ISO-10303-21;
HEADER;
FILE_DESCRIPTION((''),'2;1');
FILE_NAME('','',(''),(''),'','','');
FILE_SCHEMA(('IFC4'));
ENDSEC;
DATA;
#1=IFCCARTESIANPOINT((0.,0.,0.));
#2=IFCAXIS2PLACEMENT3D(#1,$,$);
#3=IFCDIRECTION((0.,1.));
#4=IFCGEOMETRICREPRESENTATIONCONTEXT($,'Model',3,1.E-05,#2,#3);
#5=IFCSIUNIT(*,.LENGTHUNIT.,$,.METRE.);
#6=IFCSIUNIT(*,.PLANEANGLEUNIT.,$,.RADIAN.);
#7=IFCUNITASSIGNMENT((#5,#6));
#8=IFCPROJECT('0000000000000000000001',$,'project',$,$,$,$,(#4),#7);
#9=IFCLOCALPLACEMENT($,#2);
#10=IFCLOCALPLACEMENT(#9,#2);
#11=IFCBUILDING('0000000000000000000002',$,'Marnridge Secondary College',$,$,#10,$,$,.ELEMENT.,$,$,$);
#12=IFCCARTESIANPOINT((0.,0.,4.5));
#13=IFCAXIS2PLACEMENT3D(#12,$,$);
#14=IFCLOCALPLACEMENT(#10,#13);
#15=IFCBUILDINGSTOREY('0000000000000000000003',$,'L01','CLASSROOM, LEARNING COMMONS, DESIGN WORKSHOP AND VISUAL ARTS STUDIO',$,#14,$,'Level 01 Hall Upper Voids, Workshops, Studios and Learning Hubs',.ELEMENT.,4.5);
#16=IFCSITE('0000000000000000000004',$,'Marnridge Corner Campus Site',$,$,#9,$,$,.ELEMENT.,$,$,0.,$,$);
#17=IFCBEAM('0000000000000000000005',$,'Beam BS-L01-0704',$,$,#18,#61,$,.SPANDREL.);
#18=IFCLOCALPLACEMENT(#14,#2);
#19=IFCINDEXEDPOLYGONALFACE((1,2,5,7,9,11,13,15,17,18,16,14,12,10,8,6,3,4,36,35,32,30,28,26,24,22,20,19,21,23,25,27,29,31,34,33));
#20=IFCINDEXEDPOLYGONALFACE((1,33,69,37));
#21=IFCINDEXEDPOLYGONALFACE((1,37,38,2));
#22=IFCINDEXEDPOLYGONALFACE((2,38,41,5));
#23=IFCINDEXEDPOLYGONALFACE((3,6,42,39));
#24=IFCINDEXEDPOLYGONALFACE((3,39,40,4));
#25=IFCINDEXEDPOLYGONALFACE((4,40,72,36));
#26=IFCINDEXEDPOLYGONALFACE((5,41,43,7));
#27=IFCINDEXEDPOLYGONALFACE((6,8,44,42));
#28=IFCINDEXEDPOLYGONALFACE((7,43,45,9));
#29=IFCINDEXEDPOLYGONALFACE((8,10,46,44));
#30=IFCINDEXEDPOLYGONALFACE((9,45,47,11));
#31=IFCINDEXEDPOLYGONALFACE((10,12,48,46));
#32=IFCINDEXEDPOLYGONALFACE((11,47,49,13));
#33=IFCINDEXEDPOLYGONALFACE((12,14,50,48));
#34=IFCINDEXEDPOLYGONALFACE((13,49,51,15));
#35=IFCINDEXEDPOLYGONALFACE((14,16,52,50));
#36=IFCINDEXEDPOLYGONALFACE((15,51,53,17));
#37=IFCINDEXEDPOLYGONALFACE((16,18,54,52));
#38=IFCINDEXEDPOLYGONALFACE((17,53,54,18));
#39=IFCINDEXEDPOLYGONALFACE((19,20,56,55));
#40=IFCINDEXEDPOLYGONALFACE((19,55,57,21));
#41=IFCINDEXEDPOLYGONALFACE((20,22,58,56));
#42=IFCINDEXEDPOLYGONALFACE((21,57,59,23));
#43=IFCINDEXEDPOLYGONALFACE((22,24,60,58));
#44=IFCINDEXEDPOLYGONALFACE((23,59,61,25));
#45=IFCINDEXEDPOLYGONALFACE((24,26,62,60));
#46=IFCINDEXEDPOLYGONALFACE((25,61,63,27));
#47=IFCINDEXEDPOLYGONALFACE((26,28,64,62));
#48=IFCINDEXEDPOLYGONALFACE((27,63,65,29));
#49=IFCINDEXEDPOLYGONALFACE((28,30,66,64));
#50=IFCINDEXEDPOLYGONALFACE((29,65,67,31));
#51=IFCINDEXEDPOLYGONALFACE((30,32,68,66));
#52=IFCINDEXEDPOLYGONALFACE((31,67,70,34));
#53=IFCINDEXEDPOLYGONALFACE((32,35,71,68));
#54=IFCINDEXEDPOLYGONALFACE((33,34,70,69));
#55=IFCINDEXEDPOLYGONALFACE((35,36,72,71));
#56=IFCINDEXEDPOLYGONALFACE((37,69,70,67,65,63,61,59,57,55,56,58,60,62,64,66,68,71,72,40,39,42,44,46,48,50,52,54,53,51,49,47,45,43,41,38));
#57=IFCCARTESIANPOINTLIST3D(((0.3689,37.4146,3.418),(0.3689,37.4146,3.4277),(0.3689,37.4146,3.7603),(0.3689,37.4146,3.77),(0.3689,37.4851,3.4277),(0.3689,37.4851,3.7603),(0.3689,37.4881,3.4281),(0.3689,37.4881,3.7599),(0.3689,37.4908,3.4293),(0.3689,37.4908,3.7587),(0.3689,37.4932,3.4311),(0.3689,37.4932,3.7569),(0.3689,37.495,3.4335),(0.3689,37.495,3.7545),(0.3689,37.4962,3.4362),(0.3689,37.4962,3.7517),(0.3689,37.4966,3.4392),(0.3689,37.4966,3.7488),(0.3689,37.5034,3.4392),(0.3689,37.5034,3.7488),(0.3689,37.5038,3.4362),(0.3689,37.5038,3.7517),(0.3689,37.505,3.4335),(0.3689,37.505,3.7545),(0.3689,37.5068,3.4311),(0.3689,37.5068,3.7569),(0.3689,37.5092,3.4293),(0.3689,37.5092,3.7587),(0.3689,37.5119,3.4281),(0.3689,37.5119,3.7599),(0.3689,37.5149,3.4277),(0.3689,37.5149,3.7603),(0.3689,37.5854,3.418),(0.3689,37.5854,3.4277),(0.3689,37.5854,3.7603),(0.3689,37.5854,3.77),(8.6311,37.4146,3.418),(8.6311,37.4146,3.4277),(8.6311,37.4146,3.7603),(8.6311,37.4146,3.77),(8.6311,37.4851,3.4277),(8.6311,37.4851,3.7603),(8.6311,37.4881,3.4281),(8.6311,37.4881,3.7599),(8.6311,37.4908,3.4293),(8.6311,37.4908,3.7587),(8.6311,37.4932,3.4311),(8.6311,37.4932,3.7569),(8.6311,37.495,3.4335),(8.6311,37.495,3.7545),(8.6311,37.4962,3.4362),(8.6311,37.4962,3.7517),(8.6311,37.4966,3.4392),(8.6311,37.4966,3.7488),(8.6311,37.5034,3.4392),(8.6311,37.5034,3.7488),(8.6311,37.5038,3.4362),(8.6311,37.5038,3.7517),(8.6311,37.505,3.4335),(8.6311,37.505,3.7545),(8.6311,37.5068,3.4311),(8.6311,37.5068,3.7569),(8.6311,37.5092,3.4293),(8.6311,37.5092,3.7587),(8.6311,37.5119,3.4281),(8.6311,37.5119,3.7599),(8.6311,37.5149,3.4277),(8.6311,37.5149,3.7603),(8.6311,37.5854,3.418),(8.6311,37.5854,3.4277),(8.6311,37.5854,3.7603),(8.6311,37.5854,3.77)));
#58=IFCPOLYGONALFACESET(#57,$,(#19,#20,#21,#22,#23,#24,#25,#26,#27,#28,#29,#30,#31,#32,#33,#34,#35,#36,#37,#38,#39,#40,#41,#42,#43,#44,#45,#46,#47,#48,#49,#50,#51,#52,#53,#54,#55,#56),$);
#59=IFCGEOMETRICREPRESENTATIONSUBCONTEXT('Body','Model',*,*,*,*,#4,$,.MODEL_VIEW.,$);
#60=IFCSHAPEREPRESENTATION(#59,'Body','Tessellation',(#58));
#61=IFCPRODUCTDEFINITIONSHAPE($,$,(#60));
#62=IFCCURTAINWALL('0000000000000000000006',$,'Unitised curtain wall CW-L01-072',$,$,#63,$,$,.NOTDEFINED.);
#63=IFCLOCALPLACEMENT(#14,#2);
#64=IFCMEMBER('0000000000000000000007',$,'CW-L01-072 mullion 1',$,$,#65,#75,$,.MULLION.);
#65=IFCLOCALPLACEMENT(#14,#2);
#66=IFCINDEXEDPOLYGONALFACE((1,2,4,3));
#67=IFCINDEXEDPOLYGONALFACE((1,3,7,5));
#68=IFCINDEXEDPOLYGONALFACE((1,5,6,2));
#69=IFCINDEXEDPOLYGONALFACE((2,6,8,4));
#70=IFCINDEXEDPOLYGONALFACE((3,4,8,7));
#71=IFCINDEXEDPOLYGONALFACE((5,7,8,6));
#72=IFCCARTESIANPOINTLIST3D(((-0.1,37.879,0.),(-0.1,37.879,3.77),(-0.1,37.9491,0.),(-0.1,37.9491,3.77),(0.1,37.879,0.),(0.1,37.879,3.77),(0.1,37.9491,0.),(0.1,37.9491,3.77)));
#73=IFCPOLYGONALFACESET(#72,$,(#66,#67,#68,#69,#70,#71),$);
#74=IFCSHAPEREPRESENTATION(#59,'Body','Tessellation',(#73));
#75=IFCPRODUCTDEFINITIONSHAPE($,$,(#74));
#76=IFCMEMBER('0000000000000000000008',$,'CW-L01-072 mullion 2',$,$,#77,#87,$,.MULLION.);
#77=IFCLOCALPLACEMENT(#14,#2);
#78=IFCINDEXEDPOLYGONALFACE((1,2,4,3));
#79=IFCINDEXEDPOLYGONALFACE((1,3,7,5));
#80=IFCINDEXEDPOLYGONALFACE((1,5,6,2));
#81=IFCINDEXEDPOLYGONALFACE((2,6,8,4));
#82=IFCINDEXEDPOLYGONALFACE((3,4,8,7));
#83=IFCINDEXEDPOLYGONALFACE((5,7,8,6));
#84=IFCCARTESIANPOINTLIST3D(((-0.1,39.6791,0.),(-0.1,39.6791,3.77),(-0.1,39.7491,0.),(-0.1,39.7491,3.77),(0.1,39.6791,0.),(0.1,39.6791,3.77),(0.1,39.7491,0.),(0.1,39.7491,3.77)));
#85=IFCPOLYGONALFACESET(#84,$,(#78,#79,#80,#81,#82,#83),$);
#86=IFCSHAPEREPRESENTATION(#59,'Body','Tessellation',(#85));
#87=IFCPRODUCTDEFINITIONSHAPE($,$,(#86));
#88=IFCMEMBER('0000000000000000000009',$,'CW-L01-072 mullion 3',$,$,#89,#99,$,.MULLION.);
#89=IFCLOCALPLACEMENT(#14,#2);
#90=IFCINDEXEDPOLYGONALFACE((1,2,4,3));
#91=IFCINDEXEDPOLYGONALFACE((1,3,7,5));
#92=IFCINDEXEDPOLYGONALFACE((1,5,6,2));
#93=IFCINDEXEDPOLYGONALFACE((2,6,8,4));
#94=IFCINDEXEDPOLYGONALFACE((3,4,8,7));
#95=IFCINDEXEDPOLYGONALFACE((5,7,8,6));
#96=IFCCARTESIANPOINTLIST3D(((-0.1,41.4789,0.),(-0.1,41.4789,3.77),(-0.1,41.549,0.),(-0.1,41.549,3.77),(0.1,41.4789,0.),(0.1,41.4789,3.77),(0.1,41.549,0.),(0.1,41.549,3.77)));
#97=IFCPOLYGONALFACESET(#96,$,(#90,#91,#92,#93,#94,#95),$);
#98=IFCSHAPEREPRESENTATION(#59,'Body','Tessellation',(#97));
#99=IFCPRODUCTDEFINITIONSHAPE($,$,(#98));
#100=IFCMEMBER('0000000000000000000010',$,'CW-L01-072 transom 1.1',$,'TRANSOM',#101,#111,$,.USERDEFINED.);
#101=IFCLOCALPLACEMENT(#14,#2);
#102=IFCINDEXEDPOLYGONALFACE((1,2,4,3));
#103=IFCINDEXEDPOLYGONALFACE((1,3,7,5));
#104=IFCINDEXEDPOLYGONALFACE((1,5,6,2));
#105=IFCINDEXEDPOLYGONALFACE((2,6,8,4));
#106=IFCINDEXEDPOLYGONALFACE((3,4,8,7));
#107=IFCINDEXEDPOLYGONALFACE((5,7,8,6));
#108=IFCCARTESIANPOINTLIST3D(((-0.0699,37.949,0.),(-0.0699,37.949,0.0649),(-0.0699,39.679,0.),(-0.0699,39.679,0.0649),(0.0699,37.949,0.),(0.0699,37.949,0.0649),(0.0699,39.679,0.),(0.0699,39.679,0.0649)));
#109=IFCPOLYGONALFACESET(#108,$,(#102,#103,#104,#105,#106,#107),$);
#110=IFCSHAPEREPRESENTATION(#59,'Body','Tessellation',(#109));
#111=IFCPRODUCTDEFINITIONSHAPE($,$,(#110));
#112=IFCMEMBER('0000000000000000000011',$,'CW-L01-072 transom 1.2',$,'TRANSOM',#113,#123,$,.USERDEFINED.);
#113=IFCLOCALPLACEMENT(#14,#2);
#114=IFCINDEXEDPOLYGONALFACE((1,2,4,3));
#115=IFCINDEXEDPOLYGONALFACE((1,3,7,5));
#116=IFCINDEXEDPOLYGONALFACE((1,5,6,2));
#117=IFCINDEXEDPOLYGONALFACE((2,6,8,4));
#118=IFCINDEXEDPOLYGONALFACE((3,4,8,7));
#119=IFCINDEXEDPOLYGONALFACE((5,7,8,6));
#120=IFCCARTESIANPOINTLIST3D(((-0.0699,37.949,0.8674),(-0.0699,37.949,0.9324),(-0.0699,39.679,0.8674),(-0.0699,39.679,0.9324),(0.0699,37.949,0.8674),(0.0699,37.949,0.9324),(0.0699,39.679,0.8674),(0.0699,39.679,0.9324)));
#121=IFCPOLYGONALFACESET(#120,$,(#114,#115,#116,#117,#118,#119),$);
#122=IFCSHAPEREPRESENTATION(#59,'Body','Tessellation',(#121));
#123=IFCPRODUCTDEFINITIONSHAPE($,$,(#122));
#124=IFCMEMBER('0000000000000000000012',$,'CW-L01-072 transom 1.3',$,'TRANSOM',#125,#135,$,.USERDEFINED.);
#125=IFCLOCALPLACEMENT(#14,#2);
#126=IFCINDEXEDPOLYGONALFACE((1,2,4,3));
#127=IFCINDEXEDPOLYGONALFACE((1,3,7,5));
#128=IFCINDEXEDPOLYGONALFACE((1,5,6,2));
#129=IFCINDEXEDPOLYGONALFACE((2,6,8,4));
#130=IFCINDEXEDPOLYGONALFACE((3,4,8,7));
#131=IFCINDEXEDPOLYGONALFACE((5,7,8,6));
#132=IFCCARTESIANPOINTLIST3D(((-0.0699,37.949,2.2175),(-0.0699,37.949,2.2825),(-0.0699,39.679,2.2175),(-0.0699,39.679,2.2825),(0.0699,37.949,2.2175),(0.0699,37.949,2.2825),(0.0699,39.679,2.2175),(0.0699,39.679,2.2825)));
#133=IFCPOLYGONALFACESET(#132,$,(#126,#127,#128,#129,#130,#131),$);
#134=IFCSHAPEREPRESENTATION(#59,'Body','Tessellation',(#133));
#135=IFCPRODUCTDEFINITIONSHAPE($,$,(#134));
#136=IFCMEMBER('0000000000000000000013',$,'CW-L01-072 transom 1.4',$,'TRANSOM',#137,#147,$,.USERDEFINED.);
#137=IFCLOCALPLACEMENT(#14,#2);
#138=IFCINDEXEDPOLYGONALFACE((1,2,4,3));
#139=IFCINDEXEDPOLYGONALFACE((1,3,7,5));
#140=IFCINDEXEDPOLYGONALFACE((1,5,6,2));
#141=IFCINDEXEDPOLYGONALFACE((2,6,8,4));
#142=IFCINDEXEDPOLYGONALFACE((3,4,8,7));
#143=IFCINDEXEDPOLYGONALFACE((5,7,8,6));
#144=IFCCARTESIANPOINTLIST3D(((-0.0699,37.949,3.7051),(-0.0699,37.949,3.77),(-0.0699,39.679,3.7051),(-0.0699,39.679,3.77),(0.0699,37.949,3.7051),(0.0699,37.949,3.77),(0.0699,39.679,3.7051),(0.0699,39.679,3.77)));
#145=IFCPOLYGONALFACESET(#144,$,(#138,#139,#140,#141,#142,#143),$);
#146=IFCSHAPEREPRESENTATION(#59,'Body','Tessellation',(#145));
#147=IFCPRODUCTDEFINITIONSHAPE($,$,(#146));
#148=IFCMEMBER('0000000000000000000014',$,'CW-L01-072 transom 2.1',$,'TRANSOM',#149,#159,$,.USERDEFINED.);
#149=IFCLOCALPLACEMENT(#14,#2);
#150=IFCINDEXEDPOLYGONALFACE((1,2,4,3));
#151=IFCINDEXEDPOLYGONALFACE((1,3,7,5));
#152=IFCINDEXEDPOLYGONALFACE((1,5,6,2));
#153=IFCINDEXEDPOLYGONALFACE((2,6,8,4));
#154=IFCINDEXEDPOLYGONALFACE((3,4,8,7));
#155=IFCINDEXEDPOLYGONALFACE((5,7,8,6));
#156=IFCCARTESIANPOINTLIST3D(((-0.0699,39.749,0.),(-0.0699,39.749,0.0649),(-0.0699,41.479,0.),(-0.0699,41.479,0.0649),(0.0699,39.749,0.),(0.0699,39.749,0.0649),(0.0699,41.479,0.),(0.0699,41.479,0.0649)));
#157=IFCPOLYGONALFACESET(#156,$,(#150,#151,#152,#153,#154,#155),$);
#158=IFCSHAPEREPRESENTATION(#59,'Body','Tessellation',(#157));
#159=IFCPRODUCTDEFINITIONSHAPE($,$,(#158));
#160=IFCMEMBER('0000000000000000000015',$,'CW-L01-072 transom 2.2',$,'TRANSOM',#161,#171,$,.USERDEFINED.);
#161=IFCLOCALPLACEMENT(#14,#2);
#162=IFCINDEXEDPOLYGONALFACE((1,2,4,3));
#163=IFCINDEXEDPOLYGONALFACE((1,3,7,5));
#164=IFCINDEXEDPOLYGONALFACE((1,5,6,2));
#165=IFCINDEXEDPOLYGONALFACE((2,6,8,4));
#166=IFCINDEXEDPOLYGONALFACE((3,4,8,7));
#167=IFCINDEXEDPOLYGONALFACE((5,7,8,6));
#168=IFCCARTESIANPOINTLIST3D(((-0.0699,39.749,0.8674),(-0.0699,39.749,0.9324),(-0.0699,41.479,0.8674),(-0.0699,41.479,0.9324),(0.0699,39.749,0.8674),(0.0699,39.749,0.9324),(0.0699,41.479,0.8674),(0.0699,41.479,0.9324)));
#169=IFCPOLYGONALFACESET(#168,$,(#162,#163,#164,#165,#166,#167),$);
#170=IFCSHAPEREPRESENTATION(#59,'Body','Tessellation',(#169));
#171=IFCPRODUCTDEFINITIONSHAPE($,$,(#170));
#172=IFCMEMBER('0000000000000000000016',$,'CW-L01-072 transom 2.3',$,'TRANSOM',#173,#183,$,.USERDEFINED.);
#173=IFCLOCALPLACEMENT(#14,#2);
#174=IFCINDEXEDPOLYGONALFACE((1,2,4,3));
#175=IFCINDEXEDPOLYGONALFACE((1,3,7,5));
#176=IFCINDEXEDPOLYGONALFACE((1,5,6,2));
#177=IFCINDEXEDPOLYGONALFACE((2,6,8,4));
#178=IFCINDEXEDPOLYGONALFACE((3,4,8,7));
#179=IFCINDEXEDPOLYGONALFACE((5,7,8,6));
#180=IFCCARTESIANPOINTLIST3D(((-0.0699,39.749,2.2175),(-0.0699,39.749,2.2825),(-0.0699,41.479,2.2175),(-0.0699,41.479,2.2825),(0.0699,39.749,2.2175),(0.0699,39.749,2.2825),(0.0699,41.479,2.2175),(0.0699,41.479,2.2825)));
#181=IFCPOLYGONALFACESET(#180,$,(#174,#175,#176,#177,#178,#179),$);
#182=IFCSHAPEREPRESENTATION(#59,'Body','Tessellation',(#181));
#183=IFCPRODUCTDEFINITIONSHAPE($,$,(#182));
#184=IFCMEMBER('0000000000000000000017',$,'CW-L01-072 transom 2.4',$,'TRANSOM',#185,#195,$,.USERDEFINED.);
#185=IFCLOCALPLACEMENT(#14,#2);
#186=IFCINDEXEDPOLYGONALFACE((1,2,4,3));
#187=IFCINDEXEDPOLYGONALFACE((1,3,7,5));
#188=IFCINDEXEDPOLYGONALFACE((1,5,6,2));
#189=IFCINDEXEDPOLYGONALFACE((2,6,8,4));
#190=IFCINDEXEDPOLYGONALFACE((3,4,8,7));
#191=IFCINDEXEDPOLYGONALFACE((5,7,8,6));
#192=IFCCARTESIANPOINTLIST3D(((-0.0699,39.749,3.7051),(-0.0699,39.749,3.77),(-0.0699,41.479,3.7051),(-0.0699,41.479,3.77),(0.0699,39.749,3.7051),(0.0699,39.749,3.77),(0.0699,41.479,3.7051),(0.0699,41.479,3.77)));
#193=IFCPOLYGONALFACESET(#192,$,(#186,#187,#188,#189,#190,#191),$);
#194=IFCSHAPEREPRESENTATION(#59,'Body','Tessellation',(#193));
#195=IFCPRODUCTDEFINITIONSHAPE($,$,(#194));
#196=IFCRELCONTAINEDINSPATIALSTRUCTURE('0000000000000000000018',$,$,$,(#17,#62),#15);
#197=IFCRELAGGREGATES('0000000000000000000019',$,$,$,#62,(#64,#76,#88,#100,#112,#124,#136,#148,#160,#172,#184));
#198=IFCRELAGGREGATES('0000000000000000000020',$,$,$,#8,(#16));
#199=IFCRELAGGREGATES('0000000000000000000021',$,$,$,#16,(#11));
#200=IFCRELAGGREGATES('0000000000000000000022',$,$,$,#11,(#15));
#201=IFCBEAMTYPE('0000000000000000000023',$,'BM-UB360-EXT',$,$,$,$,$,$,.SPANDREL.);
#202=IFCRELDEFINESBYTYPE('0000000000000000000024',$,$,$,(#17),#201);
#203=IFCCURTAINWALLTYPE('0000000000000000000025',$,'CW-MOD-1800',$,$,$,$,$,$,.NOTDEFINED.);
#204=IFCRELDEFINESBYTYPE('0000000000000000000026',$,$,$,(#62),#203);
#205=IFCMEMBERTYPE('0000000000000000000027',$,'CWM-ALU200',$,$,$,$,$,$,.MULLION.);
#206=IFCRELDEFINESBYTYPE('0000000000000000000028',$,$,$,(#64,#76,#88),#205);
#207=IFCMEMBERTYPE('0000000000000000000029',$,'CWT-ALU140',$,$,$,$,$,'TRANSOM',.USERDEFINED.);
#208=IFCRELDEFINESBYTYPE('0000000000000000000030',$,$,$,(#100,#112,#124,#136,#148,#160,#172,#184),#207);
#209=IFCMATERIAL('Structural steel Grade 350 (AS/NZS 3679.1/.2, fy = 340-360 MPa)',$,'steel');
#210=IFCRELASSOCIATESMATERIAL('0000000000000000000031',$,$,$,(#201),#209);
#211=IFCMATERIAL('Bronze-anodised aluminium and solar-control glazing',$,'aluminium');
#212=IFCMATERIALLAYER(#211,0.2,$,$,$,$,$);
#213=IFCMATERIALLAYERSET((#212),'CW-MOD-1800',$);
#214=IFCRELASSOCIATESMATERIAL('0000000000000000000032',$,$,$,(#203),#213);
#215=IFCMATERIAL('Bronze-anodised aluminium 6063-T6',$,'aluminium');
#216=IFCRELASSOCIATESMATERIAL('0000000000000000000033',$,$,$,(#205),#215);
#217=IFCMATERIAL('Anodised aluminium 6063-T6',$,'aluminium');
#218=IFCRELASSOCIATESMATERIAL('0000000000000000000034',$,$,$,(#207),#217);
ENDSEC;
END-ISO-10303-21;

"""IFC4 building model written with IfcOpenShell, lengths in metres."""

from ifc_helpers import new_model, si_unit, direction, frame, origin, origin_2d, place, context, subcontext, project, spatial, rectangle, i_section, extrude, material, layer, layer_set, material_profile, profile_set, type_object, element, aggregate, save


model = new_model("IFC4")

# Units and contexts
model_context = context("Model", 3, precision=1e-05, world=origin(), true_north=direction((0.0, 1.0)))
body_context = subcontext(model_context, "Body", "Model", "MODEL_VIEW")
ifc_project = project(units=[si_unit("LENGTHUNIT", "METRE"), si_unit("PLANEANGLEUNIT", "RADIAN")], contexts=[model_context])

# Site, building, storey
site_placement = place(None, origin())
site = spatial("IfcSite", under=ifc_project, at=site_placement, Name="Marnridge Corner Campus Site", CompositionType="ELEMENT", RefElevation=0.0)
building_placement = place(site_placement, origin())
building = spatial("IfcBuilding", under=site, at=building_placement, Name="Marnridge Secondary College", CompositionType="ELEMENT")
storey_placement = place(building_placement, frame((0.0, 0.0, 4.5)))
storey = spatial("IfcBuildingStorey", under=building, at=storey_placement, Name="L01", Description="CLASSROOM, LEARNING COMMONS, DESIGN WORKSHOP AND VISUAL ARTS STUDIO", LongName="Level 01 Hall Upper Voids, Workshops, Studios and Learning Hubs", CompositionType="ELEMENT", Elevation=4.5)

# Beam
ifc_material_1 = material(Name="Structural steel Grade 350 (AS/NZS 3679.1/.2, fy = 340-360 MPa)", Category="steel")
ifc_material_profile_1 = material_profile(ifc_material_1, i_section(OverallWidth=0.1709, OverallDepth=0.3521, WebThickness=0.0068, FlangeThickness=0.0098, FilletRadius=0.0115, at=origin_2d()), Name="360UB44.7")
ifc_profile_set_1 = profile_set([ifc_material_profile_1], Name="Structural steel Grade 350 (AS/NZS 3679.1/.2, fy = 340-360 MPa)")
beam_type = type_object("IfcBeamType", Name="BM-UB360-EXT", PredefinedType="SPANDREL", material=ifc_profile_set_1)
beam_placement = place(storey_placement, frame((0.3689, 37.5, 3.594), z_axis=(1.0, 0.0, 0.0), x_axis=(0.0, 1.0, 0.0)))
element("IfcBeam", 1, at=beam_placement, inside=storey, type_object=beam_type, Name="Beam BS-L01-0704", PredefinedType="SPANDREL", context=body_context, shape_type="SweptSolid", body=[
    extrude(i_section(OverallWidth=0.1709, OverallDepth=0.3521, WebThickness=0.0068, FlangeThickness=0.0098, FilletRadius=0.0115, at=origin_2d()), origin(), (0.0, 0.0, 1.0), 8.2622),
])

# Curtain wall, members
ifc_material_2 = material(Name="Bronze-anodised aluminium and solar-control glazing", Category="aluminium")
ifc_layer_1 = layer(ifc_material_2, 0.2)
ifc_layer_set_1 = layer_set([ifc_layer_1], Name="CW-MOD-1800")
curtain_wall_type = type_object("IfcCurtainWallType", Name="CW-MOD-1800", PredefinedType="NOTDEFINED", material=ifc_layer_set_1)
curtain_wall_placement = place(storey_placement, origin())
curtain_wall = element("IfcCurtainWall", 2, at=curtain_wall_placement, inside=storey, type_object=curtain_wall_type, Name="Unitised curtain wall CW-L01-072", PredefinedType="NOTDEFINED")
ifc_material_3 = material(Name="Bronze-anodised aluminium 6063-T6", Category="aluminium")
ifc_material_profile_2 = material_profile(ifc_material_3, rectangle(XDim=0.0701, YDim=0.2, at=origin_2d()), Name="ALU 70x200")
ifc_profile_set_2 = profile_set([ifc_material_profile_2], Name="Bronze-anodised aluminium 6063-T6")
member_type_1 = type_object("IfcMemberType", Name="CWM-ALU200", PredefinedType="MULLION", material=ifc_profile_set_2)
member_1_placement = place(storey_placement, frame((0.0, 37.9141, 0.0), z_axis=(0.0, 0.0, 1.0), x_axis=(0.0, 1.0, 0.0)))
member_1 = element("IfcMember", 3, at=member_1_placement, type_object=member_type_1, Name="CW-L01-072 mullion 1", PredefinedType="MULLION", context=body_context, shape_type="SweptSolid", body=[
    extrude(rectangle(XDim=0.0701, YDim=0.2, at=origin_2d()), origin(), (0.0, 0.0, 1.0), 3.77),
])
member_2_placement = place(storey_placement, frame((0.0, 39.7141, 0.0), z_axis=(0.0, 0.0, 1.0), x_axis=(0.0, 1.0, 0.0)))
member_2 = element("IfcMember", 4, at=member_2_placement, type_object=member_type_1, Name="CW-L01-072 mullion 2", PredefinedType="MULLION", context=body_context, shape_type="SweptSolid", body=[
    extrude(rectangle(XDim=0.0701, YDim=0.2, at=origin_2d()), origin(), (0.0, 0.0, 1.0), 3.77),
])
member_3_placement = place(storey_placement, frame((0.0, 41.5139, 0.0), z_axis=(0.0, 0.0, 1.0), x_axis=(0.0, 1.0, 0.0)))
member_3 = element("IfcMember", 5, at=member_3_placement, type_object=member_type_1, Name="CW-L01-072 mullion 3", PredefinedType="MULLION", context=body_context, shape_type="SweptSolid", body=[
    extrude(rectangle(XDim=0.0701, YDim=0.2, at=origin_2d()), origin(), (0.0, 0.0, 1.0), 3.77),
])
ifc_material_4 = material(Name="Anodised aluminium 6063-T6", Category="aluminium")
ifc_material_profile_3 = material_profile(ifc_material_4, rectangle(XDim=0.0649, YDim=0.1399, at=origin_2d()), Name="ALU 65x140")
ifc_profile_set_3 = profile_set([ifc_material_profile_3], Name="Anodised aluminium 6063-T6")
member_type_2 = type_object("IfcMemberType", Name="CWT-ALU140", ElementType="TRANSOM", PredefinedType="USERDEFINED", material=ifc_profile_set_3)
member_4_placement = place(storey_placement, frame((0.0, 37.949, 0.0325), z_axis=(0.0, 1.0, 0.0), x_axis=(0.0, 0.0, 1.0)))
member_4 = element("IfcMember", 6, at=member_4_placement, type_object=member_type_2, Name="CW-L01-072 transom 1.1", ObjectType="TRANSOM", PredefinedType="USERDEFINED", context=body_context, shape_type="SweptSolid", body=[
    extrude(rectangle(XDim=0.0649, YDim=0.1399, at=origin_2d()), origin(), (0.0, 0.0, 1.0), 1.73),
])
member_5_placement = place(storey_placement, frame((0.0, 37.949, 0.8999), z_axis=(0.0, 1.0, 0.0), x_axis=(0.0, 0.0, 1.0)))
member_5 = element("IfcMember", 7, at=member_5_placement, type_object=member_type_2, Name="CW-L01-072 transom 1.2", ObjectType="TRANSOM", PredefinedType="USERDEFINED", context=body_context, shape_type="SweptSolid", body=[
    extrude(rectangle(XDim=0.0649, YDim=0.1399, at=origin_2d()), origin(), (0.0, 0.0, 1.0), 1.73),
])
member_6_placement = place(storey_placement, frame((0.0, 37.949, 2.25), z_axis=(0.0, 1.0, 0.0), x_axis=(0.0, 0.0, 1.0)))
member_6 = element("IfcMember", 8, at=member_6_placement, type_object=member_type_2, Name="CW-L01-072 transom 1.3", ObjectType="TRANSOM", PredefinedType="USERDEFINED", context=body_context, shape_type="SweptSolid", body=[
    extrude(rectangle(XDim=0.0649, YDim=0.1399, at=origin_2d()), origin(), (0.0, 0.0, 1.0), 1.73),
])
member_7_placement = place(storey_placement, frame((0.0, 37.949, 3.7375), z_axis=(0.0, 1.0, 0.0), x_axis=(0.0, 0.0, 1.0)))
member_7 = element("IfcMember", 9, at=member_7_placement, type_object=member_type_2, Name="CW-L01-072 transom 1.4", ObjectType="TRANSOM", PredefinedType="USERDEFINED", context=body_context, shape_type="SweptSolid", body=[
    extrude(rectangle(XDim=0.0649, YDim=0.1399, at=origin_2d()), origin(), (0.0, 0.0, 1.0), 1.73),
])
member_8_placement = place(storey_placement, frame((0.0, 39.749, 0.0325), z_axis=(0.0, 1.0, 0.0), x_axis=(0.0, 0.0, 1.0)))
member_8 = element("IfcMember", 10, at=member_8_placement, type_object=member_type_2, Name="CW-L01-072 transom 2.1", ObjectType="TRANSOM", PredefinedType="USERDEFINED", context=body_context, shape_type="SweptSolid", body=[
    extrude(rectangle(XDim=0.0649, YDim=0.1399, at=origin_2d()), origin(), (0.0, 0.0, 1.0), 1.73),
])
member_9_placement = place(storey_placement, frame((0.0, 39.749, 0.8999), z_axis=(0.0, 1.0, 0.0), x_axis=(0.0, 0.0, 1.0)))
member_9 = element("IfcMember", 11, at=member_9_placement, type_object=member_type_2, Name="CW-L01-072 transom 2.2", ObjectType="TRANSOM", PredefinedType="USERDEFINED", context=body_context, shape_type="SweptSolid", body=[
    extrude(rectangle(XDim=0.0649, YDim=0.1399, at=origin_2d()), origin(), (0.0, 0.0, 1.0), 1.73),
])
member_10_placement = place(storey_placement, frame((0.0, 39.749, 2.25), z_axis=(0.0, 1.0, 0.0), x_axis=(0.0, 0.0, 1.0)))
member_10 = element("IfcMember", 12, at=member_10_placement, type_object=member_type_2, Name="CW-L01-072 transom 2.3", ObjectType="TRANSOM", PredefinedType="USERDEFINED", context=body_context, shape_type="SweptSolid", body=[
    extrude(rectangle(XDim=0.0649, YDim=0.1399, at=origin_2d()), origin(), (0.0, 0.0, 1.0), 1.73),
])
member_11_placement = place(storey_placement, frame((0.0, 39.749, 3.7375), z_axis=(0.0, 1.0, 0.0), x_axis=(0.0, 0.0, 1.0)))
member_11 = element("IfcMember", 13, at=member_11_placement, type_object=member_type_2, Name="CW-L01-072 transom 2.4", ObjectType="TRANSOM", PredefinedType="USERDEFINED", context=body_context, shape_type="SweptSolid", body=[
    extrude(rectangle(XDim=0.0649, YDim=0.1399, at=origin_2d()), origin(), (0.0, 0.0, 1.0), 1.73),
])
aggregate(curtain_wall, [member_1, member_2, member_3, member_4, member_5, member_6, member_7, member_8, member_9, member_10, member_11])

save(model, "model.ifc")
